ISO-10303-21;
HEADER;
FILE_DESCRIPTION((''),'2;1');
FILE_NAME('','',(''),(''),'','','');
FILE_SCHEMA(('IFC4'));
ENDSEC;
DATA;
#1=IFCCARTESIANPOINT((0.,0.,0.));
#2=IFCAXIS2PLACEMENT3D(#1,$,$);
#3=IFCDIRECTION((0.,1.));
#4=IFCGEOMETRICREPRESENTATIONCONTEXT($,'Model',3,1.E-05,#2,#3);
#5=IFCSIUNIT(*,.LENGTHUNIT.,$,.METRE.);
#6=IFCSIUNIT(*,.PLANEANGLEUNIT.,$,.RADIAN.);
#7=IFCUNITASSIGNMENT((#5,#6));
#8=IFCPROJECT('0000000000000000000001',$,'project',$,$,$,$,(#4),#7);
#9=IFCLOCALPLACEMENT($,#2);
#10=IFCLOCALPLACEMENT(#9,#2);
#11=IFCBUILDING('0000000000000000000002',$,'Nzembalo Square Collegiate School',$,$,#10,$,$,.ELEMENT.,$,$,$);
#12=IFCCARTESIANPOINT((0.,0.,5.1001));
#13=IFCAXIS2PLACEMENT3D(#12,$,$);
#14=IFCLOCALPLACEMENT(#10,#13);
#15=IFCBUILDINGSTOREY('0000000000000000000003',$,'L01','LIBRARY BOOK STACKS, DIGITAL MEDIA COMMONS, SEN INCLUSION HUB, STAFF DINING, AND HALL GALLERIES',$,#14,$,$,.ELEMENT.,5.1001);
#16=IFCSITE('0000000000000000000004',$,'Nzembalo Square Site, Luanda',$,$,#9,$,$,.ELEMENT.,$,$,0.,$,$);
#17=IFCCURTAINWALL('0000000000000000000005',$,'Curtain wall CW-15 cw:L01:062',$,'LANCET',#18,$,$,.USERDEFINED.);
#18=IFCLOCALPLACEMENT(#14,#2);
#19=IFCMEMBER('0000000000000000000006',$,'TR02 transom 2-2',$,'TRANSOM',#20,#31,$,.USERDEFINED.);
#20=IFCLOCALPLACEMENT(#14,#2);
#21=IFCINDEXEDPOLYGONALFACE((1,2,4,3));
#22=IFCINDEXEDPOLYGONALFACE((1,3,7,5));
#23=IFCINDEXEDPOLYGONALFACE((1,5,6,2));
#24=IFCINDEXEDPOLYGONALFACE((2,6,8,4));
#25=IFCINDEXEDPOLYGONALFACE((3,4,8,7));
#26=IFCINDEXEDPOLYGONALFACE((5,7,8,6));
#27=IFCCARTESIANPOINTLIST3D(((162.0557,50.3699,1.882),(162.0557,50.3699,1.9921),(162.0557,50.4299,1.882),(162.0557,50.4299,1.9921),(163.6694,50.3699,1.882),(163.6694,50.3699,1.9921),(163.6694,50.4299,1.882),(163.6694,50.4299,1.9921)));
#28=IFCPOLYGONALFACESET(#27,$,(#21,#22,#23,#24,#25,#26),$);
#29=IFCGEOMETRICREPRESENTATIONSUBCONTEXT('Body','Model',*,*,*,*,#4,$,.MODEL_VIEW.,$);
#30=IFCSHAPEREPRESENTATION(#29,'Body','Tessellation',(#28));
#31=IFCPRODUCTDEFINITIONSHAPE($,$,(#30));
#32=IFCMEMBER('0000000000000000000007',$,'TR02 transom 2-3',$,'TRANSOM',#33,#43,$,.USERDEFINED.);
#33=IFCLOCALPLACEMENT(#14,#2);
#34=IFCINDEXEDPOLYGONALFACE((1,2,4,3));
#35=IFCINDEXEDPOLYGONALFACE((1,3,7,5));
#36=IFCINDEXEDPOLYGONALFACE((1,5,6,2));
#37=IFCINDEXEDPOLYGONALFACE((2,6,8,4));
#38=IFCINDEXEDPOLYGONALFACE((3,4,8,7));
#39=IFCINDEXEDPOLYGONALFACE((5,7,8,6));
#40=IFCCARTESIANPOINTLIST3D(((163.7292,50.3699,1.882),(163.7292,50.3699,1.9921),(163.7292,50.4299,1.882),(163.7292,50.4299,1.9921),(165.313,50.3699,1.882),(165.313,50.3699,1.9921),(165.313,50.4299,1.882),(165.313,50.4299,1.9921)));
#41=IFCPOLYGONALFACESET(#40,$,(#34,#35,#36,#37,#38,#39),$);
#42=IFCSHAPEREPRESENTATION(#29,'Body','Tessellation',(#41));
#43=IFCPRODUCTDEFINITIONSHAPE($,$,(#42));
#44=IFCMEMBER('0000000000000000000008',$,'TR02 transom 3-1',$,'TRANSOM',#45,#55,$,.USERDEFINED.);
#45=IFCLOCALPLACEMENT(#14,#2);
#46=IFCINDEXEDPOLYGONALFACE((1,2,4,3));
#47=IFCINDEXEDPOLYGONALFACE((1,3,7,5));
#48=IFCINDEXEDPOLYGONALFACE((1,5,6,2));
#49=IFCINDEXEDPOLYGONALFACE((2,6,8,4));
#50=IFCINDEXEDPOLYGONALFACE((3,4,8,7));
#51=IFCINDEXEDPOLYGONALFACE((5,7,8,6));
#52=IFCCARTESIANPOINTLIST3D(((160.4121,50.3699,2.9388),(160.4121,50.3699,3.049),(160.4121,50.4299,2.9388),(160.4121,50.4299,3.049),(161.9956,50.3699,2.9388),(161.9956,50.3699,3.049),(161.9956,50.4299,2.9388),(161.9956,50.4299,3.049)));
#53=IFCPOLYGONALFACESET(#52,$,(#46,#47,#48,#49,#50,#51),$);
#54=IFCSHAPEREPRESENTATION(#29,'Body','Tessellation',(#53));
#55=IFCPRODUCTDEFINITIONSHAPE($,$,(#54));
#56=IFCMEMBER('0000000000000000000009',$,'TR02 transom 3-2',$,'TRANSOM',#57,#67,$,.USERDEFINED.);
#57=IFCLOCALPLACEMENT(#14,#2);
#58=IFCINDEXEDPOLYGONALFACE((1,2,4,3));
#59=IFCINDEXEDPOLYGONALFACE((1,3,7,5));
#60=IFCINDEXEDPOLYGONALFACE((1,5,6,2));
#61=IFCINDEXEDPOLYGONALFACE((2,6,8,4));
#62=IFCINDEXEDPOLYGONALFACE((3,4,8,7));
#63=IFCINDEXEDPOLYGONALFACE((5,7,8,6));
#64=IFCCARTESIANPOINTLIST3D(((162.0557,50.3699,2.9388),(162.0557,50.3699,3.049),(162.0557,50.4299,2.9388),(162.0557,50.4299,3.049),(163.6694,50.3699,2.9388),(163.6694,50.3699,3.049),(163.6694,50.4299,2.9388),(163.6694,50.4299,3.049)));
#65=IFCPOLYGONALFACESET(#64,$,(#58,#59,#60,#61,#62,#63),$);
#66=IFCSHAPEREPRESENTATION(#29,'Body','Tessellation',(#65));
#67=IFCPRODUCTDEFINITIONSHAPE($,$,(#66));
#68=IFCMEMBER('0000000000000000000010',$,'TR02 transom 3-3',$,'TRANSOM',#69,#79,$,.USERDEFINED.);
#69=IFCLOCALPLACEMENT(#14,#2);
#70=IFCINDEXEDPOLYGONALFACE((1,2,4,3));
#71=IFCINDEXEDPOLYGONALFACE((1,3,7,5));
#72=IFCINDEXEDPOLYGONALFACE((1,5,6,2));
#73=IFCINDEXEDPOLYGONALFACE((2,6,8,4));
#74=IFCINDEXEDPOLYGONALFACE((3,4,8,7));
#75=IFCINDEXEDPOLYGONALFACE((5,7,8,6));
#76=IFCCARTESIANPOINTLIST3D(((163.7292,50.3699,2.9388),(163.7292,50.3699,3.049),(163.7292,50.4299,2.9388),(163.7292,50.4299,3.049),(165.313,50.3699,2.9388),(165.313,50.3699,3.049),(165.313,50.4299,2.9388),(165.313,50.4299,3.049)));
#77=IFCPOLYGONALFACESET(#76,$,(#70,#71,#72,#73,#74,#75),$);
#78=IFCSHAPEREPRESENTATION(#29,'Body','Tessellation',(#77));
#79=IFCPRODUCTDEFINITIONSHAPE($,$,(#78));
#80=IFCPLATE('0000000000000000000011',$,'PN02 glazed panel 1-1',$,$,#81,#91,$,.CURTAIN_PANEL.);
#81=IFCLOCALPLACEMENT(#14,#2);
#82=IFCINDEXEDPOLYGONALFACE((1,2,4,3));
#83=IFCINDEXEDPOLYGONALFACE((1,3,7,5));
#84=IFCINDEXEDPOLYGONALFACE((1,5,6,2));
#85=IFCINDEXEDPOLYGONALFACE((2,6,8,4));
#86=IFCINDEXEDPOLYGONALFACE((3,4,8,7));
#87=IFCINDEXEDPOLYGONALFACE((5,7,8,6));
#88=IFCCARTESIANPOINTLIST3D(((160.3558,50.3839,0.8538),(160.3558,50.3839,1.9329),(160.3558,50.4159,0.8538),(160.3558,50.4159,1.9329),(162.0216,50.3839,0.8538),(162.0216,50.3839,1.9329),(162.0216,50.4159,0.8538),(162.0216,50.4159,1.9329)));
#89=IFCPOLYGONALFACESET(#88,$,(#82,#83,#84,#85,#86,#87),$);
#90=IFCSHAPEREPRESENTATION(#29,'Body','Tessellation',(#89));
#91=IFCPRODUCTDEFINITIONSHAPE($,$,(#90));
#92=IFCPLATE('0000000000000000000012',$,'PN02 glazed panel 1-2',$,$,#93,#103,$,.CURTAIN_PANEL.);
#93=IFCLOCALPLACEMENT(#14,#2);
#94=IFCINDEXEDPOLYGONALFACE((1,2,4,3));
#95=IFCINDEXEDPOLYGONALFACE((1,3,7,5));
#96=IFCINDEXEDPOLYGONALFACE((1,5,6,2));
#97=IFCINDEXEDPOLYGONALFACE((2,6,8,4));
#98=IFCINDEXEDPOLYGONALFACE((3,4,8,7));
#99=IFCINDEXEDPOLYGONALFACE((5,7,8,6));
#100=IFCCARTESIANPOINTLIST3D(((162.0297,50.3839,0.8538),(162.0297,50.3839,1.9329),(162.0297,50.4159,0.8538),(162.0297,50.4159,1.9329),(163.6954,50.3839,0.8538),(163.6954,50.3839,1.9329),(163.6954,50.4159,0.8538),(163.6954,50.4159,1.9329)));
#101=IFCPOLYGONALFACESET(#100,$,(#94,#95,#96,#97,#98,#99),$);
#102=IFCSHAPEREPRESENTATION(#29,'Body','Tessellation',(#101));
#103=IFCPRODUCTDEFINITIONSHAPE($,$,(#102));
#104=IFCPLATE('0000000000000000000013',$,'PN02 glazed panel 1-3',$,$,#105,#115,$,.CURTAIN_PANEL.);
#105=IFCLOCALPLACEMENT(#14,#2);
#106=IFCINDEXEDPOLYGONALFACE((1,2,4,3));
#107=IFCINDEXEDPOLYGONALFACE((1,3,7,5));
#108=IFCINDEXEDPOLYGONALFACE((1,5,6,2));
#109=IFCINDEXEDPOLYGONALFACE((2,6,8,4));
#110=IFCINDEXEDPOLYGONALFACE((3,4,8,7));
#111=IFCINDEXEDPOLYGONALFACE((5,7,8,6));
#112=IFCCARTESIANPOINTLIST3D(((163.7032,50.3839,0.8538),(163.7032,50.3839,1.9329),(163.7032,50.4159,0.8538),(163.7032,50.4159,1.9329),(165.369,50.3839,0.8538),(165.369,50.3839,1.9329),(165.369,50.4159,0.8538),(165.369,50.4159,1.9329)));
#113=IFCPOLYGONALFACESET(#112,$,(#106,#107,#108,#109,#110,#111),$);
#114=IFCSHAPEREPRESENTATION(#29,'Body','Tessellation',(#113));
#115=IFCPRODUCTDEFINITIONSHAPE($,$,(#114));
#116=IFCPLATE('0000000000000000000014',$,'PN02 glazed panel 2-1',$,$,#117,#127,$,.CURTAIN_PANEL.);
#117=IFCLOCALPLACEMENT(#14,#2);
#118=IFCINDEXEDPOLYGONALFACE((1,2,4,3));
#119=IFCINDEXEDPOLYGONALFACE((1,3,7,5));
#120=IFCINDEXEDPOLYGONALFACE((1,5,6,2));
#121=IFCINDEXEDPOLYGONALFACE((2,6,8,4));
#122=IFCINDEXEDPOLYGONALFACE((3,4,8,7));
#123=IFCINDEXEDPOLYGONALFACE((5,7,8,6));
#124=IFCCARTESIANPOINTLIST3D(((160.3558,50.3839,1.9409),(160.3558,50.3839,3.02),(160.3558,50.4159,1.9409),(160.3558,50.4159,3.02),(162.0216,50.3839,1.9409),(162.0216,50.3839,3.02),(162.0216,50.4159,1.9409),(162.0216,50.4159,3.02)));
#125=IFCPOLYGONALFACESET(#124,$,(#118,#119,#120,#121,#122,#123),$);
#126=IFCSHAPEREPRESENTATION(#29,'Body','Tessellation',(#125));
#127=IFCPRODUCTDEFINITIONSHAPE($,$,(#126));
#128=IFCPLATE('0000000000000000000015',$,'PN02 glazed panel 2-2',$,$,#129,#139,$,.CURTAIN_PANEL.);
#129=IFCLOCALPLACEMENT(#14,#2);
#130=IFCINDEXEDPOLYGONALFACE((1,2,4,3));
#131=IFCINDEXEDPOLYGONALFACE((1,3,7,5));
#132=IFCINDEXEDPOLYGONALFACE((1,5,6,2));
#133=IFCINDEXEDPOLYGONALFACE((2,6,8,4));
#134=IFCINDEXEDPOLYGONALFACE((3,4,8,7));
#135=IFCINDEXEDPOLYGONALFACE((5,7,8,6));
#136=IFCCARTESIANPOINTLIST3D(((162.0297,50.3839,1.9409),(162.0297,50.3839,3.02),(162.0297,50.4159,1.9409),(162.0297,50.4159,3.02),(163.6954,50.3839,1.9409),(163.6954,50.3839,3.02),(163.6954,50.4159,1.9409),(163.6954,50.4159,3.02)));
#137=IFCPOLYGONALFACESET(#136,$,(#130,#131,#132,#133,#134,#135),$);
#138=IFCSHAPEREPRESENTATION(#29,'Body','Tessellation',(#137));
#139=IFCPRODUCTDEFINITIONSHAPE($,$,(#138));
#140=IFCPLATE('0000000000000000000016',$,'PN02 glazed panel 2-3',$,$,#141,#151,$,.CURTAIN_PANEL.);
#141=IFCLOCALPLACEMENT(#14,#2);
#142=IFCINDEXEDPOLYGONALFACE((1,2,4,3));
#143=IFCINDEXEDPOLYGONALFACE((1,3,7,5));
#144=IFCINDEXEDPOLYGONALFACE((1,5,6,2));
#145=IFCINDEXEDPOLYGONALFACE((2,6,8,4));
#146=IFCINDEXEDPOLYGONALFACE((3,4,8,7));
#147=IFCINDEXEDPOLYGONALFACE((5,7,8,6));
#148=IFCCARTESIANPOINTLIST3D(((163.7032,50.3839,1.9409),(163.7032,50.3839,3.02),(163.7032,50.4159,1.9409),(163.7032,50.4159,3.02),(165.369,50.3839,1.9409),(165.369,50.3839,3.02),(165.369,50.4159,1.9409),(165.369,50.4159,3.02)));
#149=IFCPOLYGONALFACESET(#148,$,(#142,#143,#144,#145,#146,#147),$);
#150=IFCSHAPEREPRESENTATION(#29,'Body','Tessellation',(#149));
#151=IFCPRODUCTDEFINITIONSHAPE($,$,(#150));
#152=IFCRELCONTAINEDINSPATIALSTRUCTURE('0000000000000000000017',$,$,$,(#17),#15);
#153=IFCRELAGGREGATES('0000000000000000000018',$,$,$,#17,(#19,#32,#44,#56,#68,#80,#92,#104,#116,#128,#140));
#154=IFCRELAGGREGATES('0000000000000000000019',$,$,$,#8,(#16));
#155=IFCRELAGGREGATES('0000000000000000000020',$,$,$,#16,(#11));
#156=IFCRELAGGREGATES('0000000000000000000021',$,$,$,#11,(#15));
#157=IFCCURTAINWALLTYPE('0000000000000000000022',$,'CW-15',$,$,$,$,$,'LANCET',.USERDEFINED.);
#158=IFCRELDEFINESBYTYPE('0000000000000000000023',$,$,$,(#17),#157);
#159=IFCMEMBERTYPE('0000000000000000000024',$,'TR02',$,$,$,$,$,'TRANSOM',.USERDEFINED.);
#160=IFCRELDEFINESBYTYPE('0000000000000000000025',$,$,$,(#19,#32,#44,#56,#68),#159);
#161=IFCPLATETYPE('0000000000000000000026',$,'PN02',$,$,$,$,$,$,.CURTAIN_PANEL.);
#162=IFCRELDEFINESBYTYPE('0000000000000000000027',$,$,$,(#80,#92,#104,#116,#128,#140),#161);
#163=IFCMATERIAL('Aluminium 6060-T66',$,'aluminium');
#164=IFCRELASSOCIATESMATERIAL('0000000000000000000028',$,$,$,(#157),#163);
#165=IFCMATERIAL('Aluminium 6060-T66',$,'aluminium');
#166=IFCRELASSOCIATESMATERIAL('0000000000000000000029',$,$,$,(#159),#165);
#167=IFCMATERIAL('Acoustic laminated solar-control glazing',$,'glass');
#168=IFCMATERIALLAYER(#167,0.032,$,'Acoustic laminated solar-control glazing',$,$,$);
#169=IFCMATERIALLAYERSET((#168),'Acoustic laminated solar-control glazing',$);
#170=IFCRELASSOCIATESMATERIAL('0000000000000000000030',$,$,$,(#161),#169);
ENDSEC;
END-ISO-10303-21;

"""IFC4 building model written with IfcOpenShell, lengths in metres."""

from ifc_helpers import new_model, si_unit, direction, frame, origin, origin_2d, place, context, subcontext, project, spatial, rectangle, extrude, material, layer, layer_set, material_profile, profile_set, type_object, element, aggregate, save


model = new_model("IFC4")

# Units and contexts
model_context = context("Model", 3, precision=1e-05, world=origin(), true_north=direction((0.0, 1.0)))
body_context = subcontext(model_context, "Body", "Model", "MODEL_VIEW")
ifc_project = project(units=[si_unit("LENGTHUNIT", "METRE"), si_unit("PLANEANGLEUNIT", "RADIAN")], contexts=[model_context])

# Site, building, storey
site_placement = place(None, origin())
site = spatial("IfcSite", under=ifc_project, at=site_placement, Name="Nzembalo Square Site, Luanda", CompositionType="ELEMENT", RefElevation=0.0)
building_placement = place(site_placement, origin())
building = spatial("IfcBuilding", under=site, at=building_placement, Name="Nzembalo Square Collegiate School", CompositionType="ELEMENT")
storey_placement = place(building_placement, frame((0.0, 0.0, 5.1001)))
storey = spatial("IfcBuildingStorey", under=building, at=storey_placement, Name="L01", Description="LIBRARY BOOK STACKS, DIGITAL MEDIA COMMONS, SEN INCLUSION HUB, STAFF DINING, AND HALL GALLERIES", CompositionType="ELEMENT", Elevation=5.1001)

# Curtain wall
ifc_material_1 = material(Name="Aluminium 6060-T66", Category="aluminium")
curtain_wall_type_1 = type_object("IfcCurtainWallType", Name="CW-15", ElementType="LANCET", PredefinedType="USERDEFINED", material=ifc_material_1)
curtain_wall_1_placement = place(storey_placement, origin())
curtain_wall_1 = element("IfcCurtainWall", 1, at=curtain_wall_1_placement, inside=storey, type_object=curtain_wall_type_1, Name="Curtain wall CW-15 cw:L01:062", ObjectType="LANCET", PredefinedType="USERDEFINED")

# Members
ifc_material_2 = material(Name="Aluminium 6060-T66", Category="aluminium")
ifc_material_profile_1 = material_profile(ifc_material_2, rectangle(XDim=0.0601, YDim=0.1101, at=origin_2d()), Name="ALU T60x110")
ifc_profile_set_1 = profile_set([ifc_material_profile_1], Name="Aluminium 6060-T66")
member_type_1 = type_object("IfcMemberType", Name="TR02", ElementType="TRANSOM", PredefinedType="USERDEFINED", material=ifc_profile_set_1)
member_1_placement = place(storey_placement, frame((162.0557, 50.3999, 1.937), z_axis=(1.0, 0.0, 0.0), x_axis=(0.0, 1.0, 0.0)))
member_1 = element("IfcMember", 2, at=member_1_placement, type_object=member_type_1, Name="TR02 transom 2-2", ObjectType="TRANSOM", PredefinedType="USERDEFINED", context=body_context, shape_type="SweptSolid", body=[
    extrude(rectangle(XDim=0.0601, YDim=0.1101, at=origin_2d()), origin(), (0.0, 0.0, 1.0), 1.6138),
])
member_2_placement = place(storey_placement, frame((163.7292, 50.3999, 1.937), z_axis=(1.0, 0.0, 0.0), x_axis=(0.0, 1.0, 0.0)))
member_2 = element("IfcMember", 3, at=member_2_placement, type_object=member_type_1, Name="TR02 transom 2-3", ObjectType="TRANSOM", PredefinedType="USERDEFINED", context=body_context, shape_type="SweptSolid", body=[
    extrude(rectangle(XDim=0.0601, YDim=0.1101, at=origin_2d()), origin(), (0.0, 0.0, 1.0), 1.5837),
])
member_3_placement = place(storey_placement, frame((160.4121, 50.3999, 2.9939), z_axis=(1.0, 0.0, 0.0), x_axis=(0.0, 1.0, 0.0)))
member_3 = element("IfcMember", 4, at=member_3_placement, type_object=member_type_1, Name="TR02 transom 3-1", ObjectType="TRANSOM", PredefinedType="USERDEFINED", context=body_context, shape_type="SweptSolid", body=[
    extrude(rectangle(XDim=0.0601, YDim=0.1101, at=origin_2d()), origin(), (0.0, 0.0, 1.0), 1.5835),
])
member_4_placement = place(storey_placement, frame((162.0557, 50.3999, 2.9939), z_axis=(1.0, 0.0, 0.0), x_axis=(0.0, 1.0, 0.0)))
member_4 = element("IfcMember", 5, at=member_4_placement, type_object=member_type_1, Name="TR02 transom 3-2", ObjectType="TRANSOM", PredefinedType="USERDEFINED", context=body_context, shape_type="SweptSolid", body=[
    extrude(rectangle(XDim=0.0601, YDim=0.1101, at=origin_2d()), origin(), (0.0, 0.0, 1.0), 1.6138),
])
member_5_placement = place(storey_placement, frame((163.7292, 50.3999, 2.9939), z_axis=(1.0, 0.0, 0.0), x_axis=(0.0, 1.0, 0.0)))
member_5 = element("IfcMember", 6, at=member_5_placement, type_object=member_type_1, Name="TR02 transom 3-3", ObjectType="TRANSOM", PredefinedType="USERDEFINED", context=body_context, shape_type="SweptSolid", body=[
    extrude(rectangle(XDim=0.0601, YDim=0.1101, at=origin_2d()), origin(), (0.0, 0.0, 1.0), 1.5837),
])

# Plates
ifc_material_3 = material(Name="Acoustic laminated solar-control glazing", Category="glass")
ifc_layer = layer(ifc_material_3, 0.032, Name="Acoustic laminated solar-control glazing")
ifc_layer_set = layer_set([ifc_layer], Name="Acoustic laminated solar-control glazing")
plate_type = type_object("IfcPlateType", Name="PN02", PredefinedType="CURTAIN_PANEL", material=ifc_layer_set)
plate_1_placement = place(storey_placement, frame((161.1887, 50.3999, 0.8538), z_axis=(0.0, 0.0, 1.0), x_axis=(1.0, 0.0, 0.0)))
plate_1 = element("IfcPlate", 7, at=plate_1_placement, type_object=plate_type, Name="PN02 glazed panel 1-1", PredefinedType="CURTAIN_PANEL", context=body_context, shape_type="SweptSolid", body=[
    extrude(rectangle(XDim=1.6658, YDim=0.032, at=origin_2d()), origin(), (0.0, 0.0, 1.0), 1.0791),
])
plate_2_placement = place(storey_placement, frame((162.8625, 50.3999, 0.8538), z_axis=(0.0, 0.0, 1.0), x_axis=(1.0, 0.0, 0.0)))
plate_2 = element("IfcPlate", 8, at=plate_2_placement, type_object=plate_type, Name="PN02 glazed panel 1-2", PredefinedType="CURTAIN_PANEL", context=body_context, shape_type="SweptSolid", body=[
    extrude(rectangle(XDim=1.6658, YDim=0.032, at=origin_2d()), origin(), (0.0, 0.0, 1.0), 1.0791),
])
plate_3_placement = place(storey_placement, frame((164.5361, 50.3999, 0.8538), z_axis=(0.0, 0.0, 1.0), x_axis=(1.0, 0.0, 0.0)))
plate_3 = element("IfcPlate", 9, at=plate_3_placement, type_object=plate_type, Name="PN02 glazed panel 1-3", PredefinedType="CURTAIN_PANEL", context=body_context, shape_type="SweptSolid", body=[
    extrude(rectangle(XDim=1.6658, YDim=0.032, at=origin_2d()), origin(), (0.0, 0.0, 1.0), 1.0791),
])
plate_4_placement = place(storey_placement, frame((161.1887, 50.3999, 1.9409), z_axis=(0.0, 0.0, 1.0), x_axis=(1.0, 0.0, 0.0)))
plate_4 = element("IfcPlate", 10, at=plate_4_placement, type_object=plate_type, Name="PN02 glazed panel 2-1", PredefinedType="CURTAIN_PANEL", context=body_context, shape_type="SweptSolid", body=[
    extrude(rectangle(XDim=1.6658, YDim=0.032, at=origin_2d()), origin(), (0.0, 0.0, 1.0), 1.0791),
])
plate_5_placement = place(storey_placement, frame((162.8625, 50.3999, 1.9409), z_axis=(0.0, 0.0, 1.0), x_axis=(1.0, 0.0, 0.0)))
plate_5 = element("IfcPlate", 11, at=plate_5_placement, type_object=plate_type, Name="PN02 glazed panel 2-2", PredefinedType="CURTAIN_PANEL", context=body_context, shape_type="SweptSolid", body=[
    extrude(rectangle(XDim=1.6658, YDim=0.032, at=origin_2d()), origin(), (0.0, 0.0, 1.0), 1.0791),
])
plate_6_placement = place(storey_placement, frame((164.5361, 50.3999, 1.9409), z_axis=(0.0, 0.0, 1.0), x_axis=(1.0, 0.0, 0.0)))
plate_6 = element("IfcPlate", 12, at=plate_6_placement, type_object=plate_type, Name="PN02 glazed panel 2-3", PredefinedType="CURTAIN_PANEL", context=body_context, shape_type="SweptSolid", body=[
    extrude(rectangle(XDim=1.6658, YDim=0.032, at=origin_2d()), origin(), (0.0, 0.0, 1.0), 1.0791),
])
aggregate(curtain_wall_1, [member_1, member_2, member_3, member_4, member_5, plate_1, plate_2, plate_3, plate_4, plate_5, plate_6])

save(model, "model.ifc")
